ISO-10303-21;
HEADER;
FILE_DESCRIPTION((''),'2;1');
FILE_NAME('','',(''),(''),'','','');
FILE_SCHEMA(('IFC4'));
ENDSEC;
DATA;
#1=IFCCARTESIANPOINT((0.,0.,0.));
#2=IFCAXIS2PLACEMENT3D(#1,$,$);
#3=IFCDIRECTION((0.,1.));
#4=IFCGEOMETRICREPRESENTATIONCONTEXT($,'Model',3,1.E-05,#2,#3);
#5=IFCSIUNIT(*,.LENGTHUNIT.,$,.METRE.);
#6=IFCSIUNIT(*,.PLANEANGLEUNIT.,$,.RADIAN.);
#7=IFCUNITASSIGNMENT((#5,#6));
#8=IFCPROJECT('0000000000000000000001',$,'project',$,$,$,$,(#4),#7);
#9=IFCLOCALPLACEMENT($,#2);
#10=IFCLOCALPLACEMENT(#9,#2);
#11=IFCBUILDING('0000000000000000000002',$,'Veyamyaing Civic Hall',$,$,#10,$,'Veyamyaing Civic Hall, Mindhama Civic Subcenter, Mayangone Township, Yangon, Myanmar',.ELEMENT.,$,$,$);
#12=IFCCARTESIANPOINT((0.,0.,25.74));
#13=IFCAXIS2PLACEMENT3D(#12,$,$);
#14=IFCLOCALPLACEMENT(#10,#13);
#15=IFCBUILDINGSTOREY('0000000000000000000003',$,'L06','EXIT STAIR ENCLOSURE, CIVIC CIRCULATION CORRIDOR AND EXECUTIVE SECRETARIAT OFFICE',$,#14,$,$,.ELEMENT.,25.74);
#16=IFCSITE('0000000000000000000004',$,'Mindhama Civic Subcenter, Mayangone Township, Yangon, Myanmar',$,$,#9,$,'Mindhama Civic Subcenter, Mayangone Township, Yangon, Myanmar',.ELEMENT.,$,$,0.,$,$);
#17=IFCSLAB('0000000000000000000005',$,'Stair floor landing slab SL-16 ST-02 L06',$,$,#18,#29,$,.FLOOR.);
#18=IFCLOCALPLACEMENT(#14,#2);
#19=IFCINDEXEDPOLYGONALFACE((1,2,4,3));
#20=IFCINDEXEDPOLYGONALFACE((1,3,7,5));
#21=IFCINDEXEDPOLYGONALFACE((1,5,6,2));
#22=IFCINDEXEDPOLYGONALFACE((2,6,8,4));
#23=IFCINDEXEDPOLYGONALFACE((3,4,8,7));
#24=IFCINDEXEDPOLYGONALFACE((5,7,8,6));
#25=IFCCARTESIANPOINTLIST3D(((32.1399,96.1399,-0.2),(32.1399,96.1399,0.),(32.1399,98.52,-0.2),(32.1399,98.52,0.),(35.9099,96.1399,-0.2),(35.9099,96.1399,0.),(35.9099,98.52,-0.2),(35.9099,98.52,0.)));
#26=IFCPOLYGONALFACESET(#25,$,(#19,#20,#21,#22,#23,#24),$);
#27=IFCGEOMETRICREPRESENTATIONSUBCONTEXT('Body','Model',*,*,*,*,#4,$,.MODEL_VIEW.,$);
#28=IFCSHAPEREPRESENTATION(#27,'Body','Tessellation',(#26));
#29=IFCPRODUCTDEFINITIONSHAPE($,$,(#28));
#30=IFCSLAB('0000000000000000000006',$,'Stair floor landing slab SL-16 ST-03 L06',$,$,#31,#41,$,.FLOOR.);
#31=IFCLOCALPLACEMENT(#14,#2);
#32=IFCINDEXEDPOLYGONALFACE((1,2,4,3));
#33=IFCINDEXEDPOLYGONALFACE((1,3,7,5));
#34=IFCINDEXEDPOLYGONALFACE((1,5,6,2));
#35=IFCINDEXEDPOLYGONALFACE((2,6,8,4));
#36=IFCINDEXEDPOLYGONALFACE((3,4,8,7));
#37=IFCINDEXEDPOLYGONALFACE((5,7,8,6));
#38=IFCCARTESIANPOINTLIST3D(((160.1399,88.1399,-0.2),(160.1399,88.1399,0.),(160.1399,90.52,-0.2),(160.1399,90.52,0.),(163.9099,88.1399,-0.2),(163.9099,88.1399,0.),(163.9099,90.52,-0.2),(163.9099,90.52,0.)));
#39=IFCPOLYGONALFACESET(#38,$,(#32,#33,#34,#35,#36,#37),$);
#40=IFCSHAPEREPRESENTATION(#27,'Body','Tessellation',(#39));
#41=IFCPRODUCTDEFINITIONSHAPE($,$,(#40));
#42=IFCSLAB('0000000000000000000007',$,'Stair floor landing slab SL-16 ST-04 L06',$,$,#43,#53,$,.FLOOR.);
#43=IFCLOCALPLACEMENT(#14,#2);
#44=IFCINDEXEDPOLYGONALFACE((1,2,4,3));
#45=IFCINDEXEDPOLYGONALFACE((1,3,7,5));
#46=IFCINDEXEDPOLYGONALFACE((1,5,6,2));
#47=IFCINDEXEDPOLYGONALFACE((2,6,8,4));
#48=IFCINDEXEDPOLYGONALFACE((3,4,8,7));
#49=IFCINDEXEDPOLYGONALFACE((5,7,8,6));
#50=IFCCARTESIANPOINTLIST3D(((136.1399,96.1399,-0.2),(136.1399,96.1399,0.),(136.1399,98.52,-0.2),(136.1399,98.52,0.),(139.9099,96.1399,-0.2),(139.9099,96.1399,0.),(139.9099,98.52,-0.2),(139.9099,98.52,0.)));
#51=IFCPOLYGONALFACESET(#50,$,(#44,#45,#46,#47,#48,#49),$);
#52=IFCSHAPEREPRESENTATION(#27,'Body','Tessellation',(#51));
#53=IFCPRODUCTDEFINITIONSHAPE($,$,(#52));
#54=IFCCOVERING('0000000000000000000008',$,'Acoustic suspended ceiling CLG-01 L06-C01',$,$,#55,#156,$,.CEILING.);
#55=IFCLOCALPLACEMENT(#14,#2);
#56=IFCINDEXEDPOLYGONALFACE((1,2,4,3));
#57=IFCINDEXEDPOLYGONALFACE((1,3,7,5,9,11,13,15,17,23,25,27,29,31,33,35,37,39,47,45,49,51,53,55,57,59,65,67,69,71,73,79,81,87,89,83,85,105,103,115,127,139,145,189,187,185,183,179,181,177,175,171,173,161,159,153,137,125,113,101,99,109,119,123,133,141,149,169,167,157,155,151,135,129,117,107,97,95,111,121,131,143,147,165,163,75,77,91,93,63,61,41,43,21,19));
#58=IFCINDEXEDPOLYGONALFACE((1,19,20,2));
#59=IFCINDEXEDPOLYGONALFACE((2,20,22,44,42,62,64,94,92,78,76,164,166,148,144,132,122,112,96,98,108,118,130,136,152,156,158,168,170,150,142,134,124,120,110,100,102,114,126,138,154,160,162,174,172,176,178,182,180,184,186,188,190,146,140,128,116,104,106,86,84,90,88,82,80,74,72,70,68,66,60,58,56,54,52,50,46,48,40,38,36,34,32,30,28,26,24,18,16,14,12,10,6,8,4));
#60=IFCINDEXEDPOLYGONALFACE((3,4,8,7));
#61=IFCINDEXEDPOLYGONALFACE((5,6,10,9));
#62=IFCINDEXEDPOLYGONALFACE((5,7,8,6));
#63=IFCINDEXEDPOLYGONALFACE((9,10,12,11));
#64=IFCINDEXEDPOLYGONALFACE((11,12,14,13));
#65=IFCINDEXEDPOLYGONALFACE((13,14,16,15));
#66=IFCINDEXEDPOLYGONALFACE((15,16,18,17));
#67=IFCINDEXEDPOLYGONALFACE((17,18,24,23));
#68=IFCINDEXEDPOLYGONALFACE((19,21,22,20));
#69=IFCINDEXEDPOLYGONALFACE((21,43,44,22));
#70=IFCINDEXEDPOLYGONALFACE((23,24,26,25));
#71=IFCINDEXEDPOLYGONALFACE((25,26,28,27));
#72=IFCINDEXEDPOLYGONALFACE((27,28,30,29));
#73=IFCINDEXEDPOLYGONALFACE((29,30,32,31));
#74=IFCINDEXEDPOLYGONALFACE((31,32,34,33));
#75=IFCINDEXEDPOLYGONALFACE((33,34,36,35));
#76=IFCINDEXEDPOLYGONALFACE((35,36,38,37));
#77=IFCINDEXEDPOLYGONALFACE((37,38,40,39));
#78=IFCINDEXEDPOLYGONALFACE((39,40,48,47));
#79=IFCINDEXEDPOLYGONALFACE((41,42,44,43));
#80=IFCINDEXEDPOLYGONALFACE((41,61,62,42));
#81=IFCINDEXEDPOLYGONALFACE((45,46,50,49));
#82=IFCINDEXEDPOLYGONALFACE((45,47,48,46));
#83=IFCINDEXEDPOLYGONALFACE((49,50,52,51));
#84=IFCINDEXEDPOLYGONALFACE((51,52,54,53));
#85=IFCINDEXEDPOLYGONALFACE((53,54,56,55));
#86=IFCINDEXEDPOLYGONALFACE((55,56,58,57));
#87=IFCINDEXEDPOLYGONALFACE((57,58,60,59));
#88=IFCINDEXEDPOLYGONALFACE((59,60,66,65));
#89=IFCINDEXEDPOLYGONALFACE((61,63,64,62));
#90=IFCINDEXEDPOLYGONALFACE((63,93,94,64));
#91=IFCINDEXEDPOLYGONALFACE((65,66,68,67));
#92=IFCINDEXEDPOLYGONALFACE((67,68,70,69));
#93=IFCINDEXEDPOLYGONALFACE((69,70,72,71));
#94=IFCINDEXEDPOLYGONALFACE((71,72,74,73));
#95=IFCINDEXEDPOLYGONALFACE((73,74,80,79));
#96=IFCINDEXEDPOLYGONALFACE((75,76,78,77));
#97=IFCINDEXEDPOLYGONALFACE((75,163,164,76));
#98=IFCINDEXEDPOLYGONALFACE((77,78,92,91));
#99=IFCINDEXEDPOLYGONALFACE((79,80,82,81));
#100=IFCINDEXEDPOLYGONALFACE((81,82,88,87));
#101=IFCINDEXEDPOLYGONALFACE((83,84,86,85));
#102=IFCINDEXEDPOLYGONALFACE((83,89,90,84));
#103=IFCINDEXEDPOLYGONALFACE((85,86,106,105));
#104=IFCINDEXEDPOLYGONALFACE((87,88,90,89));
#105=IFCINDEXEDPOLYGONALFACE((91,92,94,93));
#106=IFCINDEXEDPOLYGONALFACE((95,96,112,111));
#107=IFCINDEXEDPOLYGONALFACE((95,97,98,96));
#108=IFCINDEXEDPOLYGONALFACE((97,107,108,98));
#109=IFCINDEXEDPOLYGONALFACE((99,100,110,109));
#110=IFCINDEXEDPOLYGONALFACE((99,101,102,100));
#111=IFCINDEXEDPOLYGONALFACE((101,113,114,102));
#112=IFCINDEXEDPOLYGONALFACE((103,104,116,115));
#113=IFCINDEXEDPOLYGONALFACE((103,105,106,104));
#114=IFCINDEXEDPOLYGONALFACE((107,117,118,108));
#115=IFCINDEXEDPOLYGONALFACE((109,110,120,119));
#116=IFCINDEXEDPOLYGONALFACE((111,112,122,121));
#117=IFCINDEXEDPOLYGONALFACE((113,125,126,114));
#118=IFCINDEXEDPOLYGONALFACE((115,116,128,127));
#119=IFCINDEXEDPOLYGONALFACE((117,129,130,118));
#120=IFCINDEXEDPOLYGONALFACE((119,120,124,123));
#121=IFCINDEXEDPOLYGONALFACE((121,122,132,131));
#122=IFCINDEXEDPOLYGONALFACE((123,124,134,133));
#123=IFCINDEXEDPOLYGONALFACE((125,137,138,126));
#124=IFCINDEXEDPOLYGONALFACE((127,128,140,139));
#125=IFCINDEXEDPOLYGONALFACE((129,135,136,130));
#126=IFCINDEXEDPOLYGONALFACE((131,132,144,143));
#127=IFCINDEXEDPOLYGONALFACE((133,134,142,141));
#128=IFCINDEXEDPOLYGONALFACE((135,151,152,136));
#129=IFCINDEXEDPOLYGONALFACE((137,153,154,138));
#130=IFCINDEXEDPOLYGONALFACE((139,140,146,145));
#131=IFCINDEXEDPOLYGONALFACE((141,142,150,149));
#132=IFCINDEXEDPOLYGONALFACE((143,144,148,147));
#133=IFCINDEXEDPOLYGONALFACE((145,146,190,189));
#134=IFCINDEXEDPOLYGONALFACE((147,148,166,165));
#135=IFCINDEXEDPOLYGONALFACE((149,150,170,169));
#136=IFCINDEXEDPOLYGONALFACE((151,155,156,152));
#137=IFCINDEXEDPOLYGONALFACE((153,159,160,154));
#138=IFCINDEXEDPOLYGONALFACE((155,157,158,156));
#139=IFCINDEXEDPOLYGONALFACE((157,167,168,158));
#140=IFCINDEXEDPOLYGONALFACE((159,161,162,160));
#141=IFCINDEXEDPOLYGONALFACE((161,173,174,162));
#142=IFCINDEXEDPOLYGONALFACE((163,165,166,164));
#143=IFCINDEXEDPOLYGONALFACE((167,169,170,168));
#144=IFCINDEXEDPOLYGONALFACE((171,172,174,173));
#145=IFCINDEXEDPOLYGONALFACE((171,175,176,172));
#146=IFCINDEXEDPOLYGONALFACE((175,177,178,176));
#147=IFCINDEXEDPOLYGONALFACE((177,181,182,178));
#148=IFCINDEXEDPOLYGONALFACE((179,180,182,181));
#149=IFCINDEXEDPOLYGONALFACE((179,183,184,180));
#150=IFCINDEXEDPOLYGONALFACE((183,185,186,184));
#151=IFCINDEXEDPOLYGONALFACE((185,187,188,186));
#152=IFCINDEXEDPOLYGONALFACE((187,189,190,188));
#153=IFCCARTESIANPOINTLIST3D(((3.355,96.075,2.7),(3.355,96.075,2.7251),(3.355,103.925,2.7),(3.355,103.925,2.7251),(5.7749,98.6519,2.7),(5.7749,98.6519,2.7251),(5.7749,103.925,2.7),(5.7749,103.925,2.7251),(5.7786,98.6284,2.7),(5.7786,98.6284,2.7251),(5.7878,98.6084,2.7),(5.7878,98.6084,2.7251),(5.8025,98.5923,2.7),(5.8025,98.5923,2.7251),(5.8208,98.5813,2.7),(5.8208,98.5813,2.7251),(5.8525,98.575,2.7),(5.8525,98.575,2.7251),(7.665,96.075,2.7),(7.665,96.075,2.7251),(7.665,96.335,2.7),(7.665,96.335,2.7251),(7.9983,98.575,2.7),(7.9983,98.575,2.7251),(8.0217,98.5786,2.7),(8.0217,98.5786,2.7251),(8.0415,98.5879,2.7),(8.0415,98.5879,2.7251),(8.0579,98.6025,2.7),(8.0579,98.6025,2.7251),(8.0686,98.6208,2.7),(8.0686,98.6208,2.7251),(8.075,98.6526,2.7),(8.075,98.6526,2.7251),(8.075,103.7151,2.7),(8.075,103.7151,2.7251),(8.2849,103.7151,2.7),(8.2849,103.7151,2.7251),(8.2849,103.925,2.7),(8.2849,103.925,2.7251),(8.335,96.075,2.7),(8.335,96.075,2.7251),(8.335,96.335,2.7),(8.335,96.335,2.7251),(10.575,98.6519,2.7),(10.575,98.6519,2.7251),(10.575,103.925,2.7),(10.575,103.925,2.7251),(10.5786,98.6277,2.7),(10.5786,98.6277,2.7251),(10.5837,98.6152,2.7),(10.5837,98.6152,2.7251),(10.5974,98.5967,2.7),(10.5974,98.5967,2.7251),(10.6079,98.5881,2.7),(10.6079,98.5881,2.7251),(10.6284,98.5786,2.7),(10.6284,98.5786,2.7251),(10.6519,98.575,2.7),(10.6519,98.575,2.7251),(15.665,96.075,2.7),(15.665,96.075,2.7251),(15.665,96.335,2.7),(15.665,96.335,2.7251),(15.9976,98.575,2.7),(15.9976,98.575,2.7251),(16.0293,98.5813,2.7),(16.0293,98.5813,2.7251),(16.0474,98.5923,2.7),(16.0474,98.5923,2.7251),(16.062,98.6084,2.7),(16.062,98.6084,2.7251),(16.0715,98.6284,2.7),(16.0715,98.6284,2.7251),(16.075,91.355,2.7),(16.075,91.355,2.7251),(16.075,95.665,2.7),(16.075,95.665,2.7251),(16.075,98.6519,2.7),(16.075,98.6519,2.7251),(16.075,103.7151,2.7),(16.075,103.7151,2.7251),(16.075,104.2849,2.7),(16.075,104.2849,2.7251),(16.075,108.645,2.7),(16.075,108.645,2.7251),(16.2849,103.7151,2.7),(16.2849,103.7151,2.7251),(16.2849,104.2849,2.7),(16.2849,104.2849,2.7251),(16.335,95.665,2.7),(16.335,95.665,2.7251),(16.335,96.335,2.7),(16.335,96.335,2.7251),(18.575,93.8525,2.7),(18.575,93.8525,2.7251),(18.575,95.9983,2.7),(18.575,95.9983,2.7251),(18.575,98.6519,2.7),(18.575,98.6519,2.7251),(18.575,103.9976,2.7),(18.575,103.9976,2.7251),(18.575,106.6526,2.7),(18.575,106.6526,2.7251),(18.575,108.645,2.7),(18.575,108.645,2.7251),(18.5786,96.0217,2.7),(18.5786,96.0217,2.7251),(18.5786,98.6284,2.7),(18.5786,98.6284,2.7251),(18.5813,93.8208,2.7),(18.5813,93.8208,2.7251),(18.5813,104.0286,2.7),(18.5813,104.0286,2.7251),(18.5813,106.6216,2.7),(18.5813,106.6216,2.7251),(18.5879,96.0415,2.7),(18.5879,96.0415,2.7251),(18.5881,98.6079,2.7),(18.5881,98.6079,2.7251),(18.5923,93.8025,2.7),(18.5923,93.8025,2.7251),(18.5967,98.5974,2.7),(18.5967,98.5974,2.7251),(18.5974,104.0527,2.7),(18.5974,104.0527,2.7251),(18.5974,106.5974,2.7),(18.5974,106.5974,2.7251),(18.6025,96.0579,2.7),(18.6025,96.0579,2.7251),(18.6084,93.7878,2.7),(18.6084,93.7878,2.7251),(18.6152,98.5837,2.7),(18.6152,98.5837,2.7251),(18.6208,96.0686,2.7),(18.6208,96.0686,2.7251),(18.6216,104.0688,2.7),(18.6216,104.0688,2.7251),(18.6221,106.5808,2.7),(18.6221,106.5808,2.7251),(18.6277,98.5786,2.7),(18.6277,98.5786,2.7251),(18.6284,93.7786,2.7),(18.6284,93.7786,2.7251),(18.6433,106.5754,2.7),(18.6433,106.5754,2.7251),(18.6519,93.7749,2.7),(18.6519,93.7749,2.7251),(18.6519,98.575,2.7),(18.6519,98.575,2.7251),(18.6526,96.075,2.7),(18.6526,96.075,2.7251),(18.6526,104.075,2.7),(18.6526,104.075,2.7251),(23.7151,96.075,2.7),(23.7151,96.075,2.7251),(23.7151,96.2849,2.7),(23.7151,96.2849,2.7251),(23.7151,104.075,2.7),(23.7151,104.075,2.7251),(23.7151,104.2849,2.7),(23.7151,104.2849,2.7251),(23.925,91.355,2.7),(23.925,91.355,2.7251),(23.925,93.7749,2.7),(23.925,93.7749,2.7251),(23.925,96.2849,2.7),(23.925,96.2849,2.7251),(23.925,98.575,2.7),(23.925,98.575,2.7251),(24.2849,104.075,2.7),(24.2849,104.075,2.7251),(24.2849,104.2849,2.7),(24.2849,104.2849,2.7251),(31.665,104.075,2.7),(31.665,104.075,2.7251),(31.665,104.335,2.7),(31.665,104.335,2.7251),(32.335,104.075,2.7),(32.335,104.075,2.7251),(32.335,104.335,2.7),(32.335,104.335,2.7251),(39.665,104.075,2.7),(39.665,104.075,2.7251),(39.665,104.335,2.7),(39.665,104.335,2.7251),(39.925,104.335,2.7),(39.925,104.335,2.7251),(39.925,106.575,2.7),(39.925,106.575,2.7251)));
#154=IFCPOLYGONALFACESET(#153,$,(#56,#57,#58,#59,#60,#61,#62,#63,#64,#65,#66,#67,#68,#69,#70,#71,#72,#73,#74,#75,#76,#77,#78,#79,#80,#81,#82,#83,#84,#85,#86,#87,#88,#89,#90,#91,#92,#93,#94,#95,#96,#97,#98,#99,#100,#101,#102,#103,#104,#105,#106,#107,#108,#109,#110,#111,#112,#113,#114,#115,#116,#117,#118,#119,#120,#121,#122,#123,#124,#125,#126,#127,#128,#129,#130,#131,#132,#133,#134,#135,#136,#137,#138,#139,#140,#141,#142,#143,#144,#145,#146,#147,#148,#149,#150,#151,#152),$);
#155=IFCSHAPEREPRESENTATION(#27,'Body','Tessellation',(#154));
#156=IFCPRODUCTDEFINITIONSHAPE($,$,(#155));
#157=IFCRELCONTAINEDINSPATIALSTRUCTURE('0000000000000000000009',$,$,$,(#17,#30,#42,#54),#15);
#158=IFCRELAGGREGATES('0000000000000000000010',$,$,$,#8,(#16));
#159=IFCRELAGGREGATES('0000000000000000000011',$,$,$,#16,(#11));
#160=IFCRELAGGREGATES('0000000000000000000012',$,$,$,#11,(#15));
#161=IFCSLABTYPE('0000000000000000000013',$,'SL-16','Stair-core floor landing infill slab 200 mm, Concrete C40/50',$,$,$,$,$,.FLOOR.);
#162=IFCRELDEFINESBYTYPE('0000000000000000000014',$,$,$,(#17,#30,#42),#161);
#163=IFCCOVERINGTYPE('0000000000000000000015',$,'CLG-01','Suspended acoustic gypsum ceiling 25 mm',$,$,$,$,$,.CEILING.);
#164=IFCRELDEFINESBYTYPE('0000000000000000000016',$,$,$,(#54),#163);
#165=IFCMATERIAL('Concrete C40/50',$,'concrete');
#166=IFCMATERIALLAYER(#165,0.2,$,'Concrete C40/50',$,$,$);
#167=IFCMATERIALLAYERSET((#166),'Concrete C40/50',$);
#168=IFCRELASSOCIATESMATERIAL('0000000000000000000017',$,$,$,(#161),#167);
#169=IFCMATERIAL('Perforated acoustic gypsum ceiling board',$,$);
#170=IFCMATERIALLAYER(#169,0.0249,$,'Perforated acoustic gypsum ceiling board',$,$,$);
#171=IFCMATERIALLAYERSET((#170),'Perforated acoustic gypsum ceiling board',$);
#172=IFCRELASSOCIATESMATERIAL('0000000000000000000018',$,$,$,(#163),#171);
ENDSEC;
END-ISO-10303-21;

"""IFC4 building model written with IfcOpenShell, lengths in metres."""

from ifc_helpers import new_model, si_unit, direction, frame, origin, place, context, subcontext, project, spatial, polyline, outline, extrude, material, layer, layer_set, type_object, element, save


model = new_model("IFC4")

# Units and contexts
model_context = context("Model", 3, precision=1e-05, world=origin(), true_north=direction((0.0, 1.0)))
body_context = subcontext(model_context, "Body", "Model", "MODEL_VIEW")
ifc_project = project(units=[si_unit("LENGTHUNIT", "METRE"), si_unit("PLANEANGLEUNIT", "RADIAN")], contexts=[model_context])

# Site, building, storey
site_placement = place(None, origin())
site = spatial("IfcSite", under=ifc_project, at=site_placement, Name="Mindhama Civic Subcenter, Mayangone Township, Yangon, Myanmar", LongName="Mindhama Civic Subcenter, Mayangone Township, Yangon, Myanmar", CompositionType="ELEMENT", RefElevation=0.0)
building_placement = place(site_placement, origin())
building = spatial("IfcBuilding", under=site, at=building_placement, Name="Veyamyaing Civic Hall", LongName="Veyamyaing Civic Hall, Mindhama Civic Subcenter, Mayangone Township, Yangon, Myanmar", CompositionType="ELEMENT")
storey_placement = place(building_placement, frame((0.0, 0.0, 25.74)))
storey = spatial("IfcBuildingStorey", under=building, at=storey_placement, Name="L06", Description="EXIT STAIR ENCLOSURE, CIVIC CIRCULATION CORRIDOR AND EXECUTIVE SECRETARIAT OFFICE", CompositionType="ELEMENT", Elevation=25.74)

# Shared definitions
ifc_material_1 = material(Name="Concrete C40/50", Category="concrete")

# Slabs
ifc_layer_1 = layer(ifc_material_1, 0.2, Name="Concrete C40/50")
ifc_layer_set_1 = layer_set([ifc_layer_1], Name="Concrete C40/50")
slab_type_1 = type_object("IfcSlabType", Name="SL-16", Description="Stair-core floor landing infill slab 200 mm, Concrete C40/50", PredefinedType="FLOOR", material=ifc_layer_set_1)
slab_1_placement = place(storey_placement, frame((0.0, 0.0, -0.2)))
element("IfcSlab", 1, at=slab_1_placement, inside=storey, type_object=slab_type_1, Name="Stair floor landing slab SL-16 ST-02 L06", PredefinedType="FLOOR", context=body_context, shape_type="SweptSolid", body=[
    extrude(outline(polyline([(32.1399, 96.1399), (35.9099, 96.1399), (35.9099, 98.52), (32.1399, 98.52), (32.1399, 96.1399)])), origin(), (0.0, 0.0, 1.0), 0.2),
])
slab_2_placement = place(storey_placement, frame((0.0, 0.0, -0.2)))
element("IfcSlab", 2, at=slab_2_placement, inside=storey, type_object=slab_type_1, Name="Stair floor landing slab SL-16 ST-03 L06", PredefinedType="FLOOR", context=body_context, shape_type="SweptSolid", body=[
    extrude(outline(polyline([(160.1399, 88.1399), (163.9099, 88.1399), (163.9099, 90.52), (160.1399, 90.52), (160.1399, 88.1399)])), origin(), (0.0, 0.0, 1.0), 0.2),
])
slab_3_placement = place(storey_placement, frame((0.0, 0.0, -0.2)))
element("IfcSlab", 3, at=slab_3_placement, inside=storey, type_object=slab_type_1, Name="Stair floor landing slab SL-16 ST-04 L06", PredefinedType="FLOOR", context=body_context, shape_type="SweptSolid", body=[
    extrude(outline(polyline([(136.1399, 96.1399), (139.9099, 96.1399), (139.9099, 98.52), (136.1399, 98.52), (136.1399, 96.1399)])), origin(), (0.0, 0.0, 1.0), 0.2),
])

# Covering
ifc_material_2 = material(Name="Perforated acoustic gypsum ceiling board")
ifc_layer_2 = layer(ifc_material_2, 0.0249, Name="Perforated acoustic gypsum ceiling board")
ifc_layer_set_2 = layer_set([ifc_layer_2], Name="Perforated acoustic gypsum ceiling board")
covering_type_1 = type_object("IfcCoveringType", Name="CLG-01", Description="Suspended acoustic gypsum ceiling 25 mm", PredefinedType="CEILING", material=ifc_layer_set_2)
covering_1_placement = place(storey_placement, frame((0.0, 0.0, 2.7)))
element("IfcCovering", 4, at=covering_1_placement, inside=storey, type_object=covering_type_1, Name="Acoustic suspended ceiling CLG-01 L06-C01", PredefinedType="CEILING", context=body_context, shape_type="SweptSolid", body=[
    extrude(outline(polyline([(8.335, 96.075), (8.335, 96.335), (7.665, 96.335), (7.665, 96.075), (3.355, 96.075), (3.355, 103.925), (5.7749, 103.925), (5.7749, 98.6519), (5.7786, 98.6284), (5.7878, 98.6084), (5.8025, 98.5923), (5.8208, 98.5813), (5.8525, 98.575), (7.9983, 98.575), (8.0217, 98.5786), (8.0415, 98.5879), (8.0579, 98.6025), (8.0686, 98.6208), (8.075, 98.6526), (8.075, 103.7151), (8.2849, 103.7151), (8.2849, 103.925), (10.575, 103.925), (10.575, 98.6519), (10.5786, 98.6277), (10.5837, 98.6152), (10.5974, 98.5967), (10.6079, 98.5881), (10.6284, 98.5786), (10.6519, 98.575), (15.9976, 98.575), (16.0293, 98.5813), (16.0474, 98.5923), (16.062, 98.6084), (16.0715, 98.6284), (16.075, 98.6519), (16.075, 103.7151), (16.2849, 103.7151), (16.2849, 104.2849), (16.075, 104.2849), (16.075, 108.645), (18.575, 108.645), (18.575, 106.6526), (18.5813, 106.6216), (18.5974, 106.5974), (18.6221, 106.5808), (18.6433, 106.5754), (39.925, 106.575), (39.925, 104.335), (39.665, 104.335), (39.665, 104.075), (32.335, 104.075), (32.335, 104.335), (31.665, 104.335), (31.665, 104.075), (24.2849, 104.075), (24.2849, 104.2849), (23.7151, 104.2849), (23.7151, 104.075), (18.6526, 104.075), (18.6216, 104.0688), (18.5974, 104.0527), (18.5813, 104.0286), (18.575, 103.9976), (18.575, 98.6519), (18.5786, 98.6284), (18.5881, 98.6079), (18.5967, 98.5974), (18.6152, 98.5837), (18.6277, 98.5786), (18.6519, 98.575), (23.925, 98.575), (23.925, 96.2849), (23.7151, 96.2849), (23.7151, 96.075), (18.6526, 96.075), (18.6208, 96.0686), (18.6025, 96.0579), (18.5879, 96.0415), (18.5786, 96.0217), (18.575, 95.9983), (18.575, 93.8525), (18.5813, 93.8208), (18.5923, 93.8025), (18.6084, 93.7878), (18.6284, 93.7786), (18.6519, 93.7749), (23.925, 93.7749), (23.925, 91.355), (16.075, 91.355), (16.075, 95.665), (16.335, 95.665), (16.335, 96.335), (15.665, 96.335), (15.665, 96.075), (8.335, 96.075)])), origin(), (0.0, 0.0, 1.0), 0.0251),
])

save(model, "model.ifc")
